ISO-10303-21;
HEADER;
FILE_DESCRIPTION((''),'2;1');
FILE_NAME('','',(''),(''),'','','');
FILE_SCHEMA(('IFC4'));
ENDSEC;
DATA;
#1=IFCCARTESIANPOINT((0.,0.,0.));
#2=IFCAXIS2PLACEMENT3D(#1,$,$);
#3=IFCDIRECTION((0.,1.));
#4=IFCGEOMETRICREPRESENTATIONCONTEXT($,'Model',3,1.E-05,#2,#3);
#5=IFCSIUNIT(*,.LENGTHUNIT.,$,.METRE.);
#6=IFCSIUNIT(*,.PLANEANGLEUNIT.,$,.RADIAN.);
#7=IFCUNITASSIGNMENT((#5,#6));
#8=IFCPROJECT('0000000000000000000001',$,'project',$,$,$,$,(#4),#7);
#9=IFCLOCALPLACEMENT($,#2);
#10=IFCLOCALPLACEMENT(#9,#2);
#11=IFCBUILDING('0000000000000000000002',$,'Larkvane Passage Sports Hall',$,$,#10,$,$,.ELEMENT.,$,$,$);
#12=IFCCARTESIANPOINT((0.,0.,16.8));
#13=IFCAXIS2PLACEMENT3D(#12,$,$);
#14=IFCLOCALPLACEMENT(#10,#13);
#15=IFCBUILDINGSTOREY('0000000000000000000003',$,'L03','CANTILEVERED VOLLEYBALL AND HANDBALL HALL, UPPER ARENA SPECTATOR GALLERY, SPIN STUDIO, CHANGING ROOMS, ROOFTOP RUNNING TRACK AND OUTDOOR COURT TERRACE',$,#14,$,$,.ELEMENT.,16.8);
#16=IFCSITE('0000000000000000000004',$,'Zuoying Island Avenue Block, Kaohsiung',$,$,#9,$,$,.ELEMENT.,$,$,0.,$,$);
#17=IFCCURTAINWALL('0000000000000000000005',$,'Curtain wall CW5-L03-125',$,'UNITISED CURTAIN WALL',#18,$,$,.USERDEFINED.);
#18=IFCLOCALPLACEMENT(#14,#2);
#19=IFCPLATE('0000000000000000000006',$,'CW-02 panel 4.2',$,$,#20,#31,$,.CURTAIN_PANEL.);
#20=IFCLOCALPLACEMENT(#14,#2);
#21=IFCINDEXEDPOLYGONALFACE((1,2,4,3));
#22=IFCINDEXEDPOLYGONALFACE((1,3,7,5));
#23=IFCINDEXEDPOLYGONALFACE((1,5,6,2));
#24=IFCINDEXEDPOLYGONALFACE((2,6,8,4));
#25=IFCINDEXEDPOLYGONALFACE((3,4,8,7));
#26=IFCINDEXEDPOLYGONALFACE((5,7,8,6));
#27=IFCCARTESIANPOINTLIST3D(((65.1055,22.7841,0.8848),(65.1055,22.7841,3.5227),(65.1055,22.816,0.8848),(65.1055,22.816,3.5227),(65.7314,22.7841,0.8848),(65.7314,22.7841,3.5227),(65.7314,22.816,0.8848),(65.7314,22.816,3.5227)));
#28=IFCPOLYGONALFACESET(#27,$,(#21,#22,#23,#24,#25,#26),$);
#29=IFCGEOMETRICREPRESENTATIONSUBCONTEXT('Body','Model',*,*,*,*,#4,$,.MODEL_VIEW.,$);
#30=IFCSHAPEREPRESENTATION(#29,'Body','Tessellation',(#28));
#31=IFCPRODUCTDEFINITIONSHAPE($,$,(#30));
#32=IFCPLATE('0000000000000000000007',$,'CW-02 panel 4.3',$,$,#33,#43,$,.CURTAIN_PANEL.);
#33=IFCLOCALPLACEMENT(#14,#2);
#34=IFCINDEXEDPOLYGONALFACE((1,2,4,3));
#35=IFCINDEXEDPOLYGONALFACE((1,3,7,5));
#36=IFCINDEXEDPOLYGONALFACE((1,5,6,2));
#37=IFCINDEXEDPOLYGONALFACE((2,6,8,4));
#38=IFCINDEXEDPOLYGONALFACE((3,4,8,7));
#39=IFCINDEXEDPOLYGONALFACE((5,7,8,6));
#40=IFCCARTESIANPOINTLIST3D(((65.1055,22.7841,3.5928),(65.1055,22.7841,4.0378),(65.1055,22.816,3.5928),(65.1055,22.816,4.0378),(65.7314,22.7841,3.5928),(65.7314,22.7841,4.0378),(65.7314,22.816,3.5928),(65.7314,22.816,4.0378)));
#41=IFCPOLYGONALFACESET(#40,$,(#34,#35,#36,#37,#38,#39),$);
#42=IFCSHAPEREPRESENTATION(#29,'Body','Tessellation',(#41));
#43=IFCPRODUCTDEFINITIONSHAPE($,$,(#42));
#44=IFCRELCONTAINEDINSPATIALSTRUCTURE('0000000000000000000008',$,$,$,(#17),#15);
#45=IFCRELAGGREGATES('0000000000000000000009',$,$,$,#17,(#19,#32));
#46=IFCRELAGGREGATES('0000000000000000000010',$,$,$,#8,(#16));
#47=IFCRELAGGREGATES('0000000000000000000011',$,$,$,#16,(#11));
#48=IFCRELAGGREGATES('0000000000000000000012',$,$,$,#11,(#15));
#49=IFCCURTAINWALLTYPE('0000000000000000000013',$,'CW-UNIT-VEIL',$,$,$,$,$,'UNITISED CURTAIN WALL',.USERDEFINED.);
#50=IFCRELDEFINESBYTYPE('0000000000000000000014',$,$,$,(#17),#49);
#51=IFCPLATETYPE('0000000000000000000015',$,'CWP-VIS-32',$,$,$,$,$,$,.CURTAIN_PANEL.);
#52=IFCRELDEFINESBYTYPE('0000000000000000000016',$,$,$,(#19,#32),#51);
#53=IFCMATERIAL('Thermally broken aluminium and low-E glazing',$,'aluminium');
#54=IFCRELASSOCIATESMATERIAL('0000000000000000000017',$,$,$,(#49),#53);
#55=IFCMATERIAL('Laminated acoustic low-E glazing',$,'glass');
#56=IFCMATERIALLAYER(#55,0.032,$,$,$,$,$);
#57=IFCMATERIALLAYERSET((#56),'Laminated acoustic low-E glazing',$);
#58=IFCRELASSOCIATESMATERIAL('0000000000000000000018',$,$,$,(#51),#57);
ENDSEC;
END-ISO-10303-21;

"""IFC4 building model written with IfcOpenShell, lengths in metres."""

from ifc_helpers import new_model, si_unit, direction, frame, origin, origin_2d, place, context, subcontext, project, spatial, rectangle, extrude, material, layer, layer_set, type_object, element, aggregate, save


model = new_model("IFC4")

# Units and contexts
model_context = context("Model", 3, precision=1e-05, world=origin(), true_north=direction((0.0, 1.0)))
body_context = subcontext(model_context, "Body", "Model", "MODEL_VIEW")
ifc_project = project(units=[si_unit("LENGTHUNIT", "METRE"), si_unit("PLANEANGLEUNIT", "RADIAN")], contexts=[model_context])

# Site, building, storey
site_placement = place(None, origin())
site = spatial("IfcSite", under=ifc_project, at=site_placement, Name="Zuoying Island Avenue Block, Kaohsiung", CompositionType="ELEMENT", RefElevation=0.0)
building_placement = place(site_placement, origin())
building = spatial("IfcBuilding", under=site, at=building_placement, Name="Larkvane Passage Sports Hall", CompositionType="ELEMENT")
storey_placement = place(building_placement, frame((0.0, 0.0, 16.8)))
storey = spatial("IfcBuildingStorey", under=building, at=storey_placement, Name="L03", Description="CANTILEVERED VOLLEYBALL AND HANDBALL HALL, UPPER ARENA SPECTATOR GALLERY, SPIN STUDIO, CHANGING ROOMS, ROOFTOP RUNNING TRACK AND OUTDOOR COURT TERRACE", CompositionType="ELEMENT", Elevation=16.8)

# Curtain wall, plates
ifc_material_1 = material(Name="Thermally broken aluminium and low-E glazing", Category="aluminium")
curtain_wall_type = type_object("IfcCurtainWallType", Name="CW-UNIT-VEIL", ElementType="UNITISED CURTAIN WALL", PredefinedType="USERDEFINED", material=ifc_material_1)
curtain_wall_placement = place(storey_placement, origin())
curtain_wall = element("IfcCurtainWall", 1, at=curtain_wall_placement, inside=storey, type_object=curtain_wall_type, Name="Curtain wall CW5-L03-125", ObjectType="UNITISED CURTAIN WALL", PredefinedType="USERDEFINED")
ifc_material_2 = material(Name="Laminated acoustic low-E glazing", Category="glass")
ifc_layer_1 = layer(ifc_material_2, 0.032)
ifc_layer_set_1 = layer_set([ifc_layer_1], Name="Laminated acoustic low-E glazing")
plate_type_1 = type_object("IfcPlateType", Name="CWP-VIS-32", PredefinedType="CURTAIN_PANEL", material=ifc_layer_set_1)
plate_1_placement = place(storey_placement, frame((65.4185, 22.8, 0.8848), z_axis=(0.0, 0.0, 1.0), x_axis=(-1.0, 0.0, 0.0)))
plate_1 = element("IfcPlate", 2, at=plate_1_placement, type_object=plate_type_1, Name="CW-02 panel 4.2", PredefinedType="CURTAIN_PANEL", context=body_context, shape_type="SweptSolid", body=[
    extrude(rectangle(XDim=0.626, YDim=0.032, at=origin_2d()), origin(), (0.0, 0.0, 1.0), 2.6379),
])
plate_2_placement = place(storey_placement, frame((65.4185, 22.8, 3.5928), z_axis=(0.0, 0.0, 1.0), x_axis=(-1.0, 0.0, 0.0)))
plate_2 = element("IfcPlate", 3, at=plate_2_placement, type_object=plate_type_1, Name="CW-02 panel 4.3", PredefinedType="CURTAIN_PANEL", context=body_context, shape_type="SweptSolid", body=[
    extrude(rectangle(XDim=0.626, YDim=0.032, at=origin_2d()), origin(), (0.0, 0.0, 1.0), 0.4451),
])
aggregate(curtain_wall, [plate_1, plate_2])

save(model, "model.ifc")
